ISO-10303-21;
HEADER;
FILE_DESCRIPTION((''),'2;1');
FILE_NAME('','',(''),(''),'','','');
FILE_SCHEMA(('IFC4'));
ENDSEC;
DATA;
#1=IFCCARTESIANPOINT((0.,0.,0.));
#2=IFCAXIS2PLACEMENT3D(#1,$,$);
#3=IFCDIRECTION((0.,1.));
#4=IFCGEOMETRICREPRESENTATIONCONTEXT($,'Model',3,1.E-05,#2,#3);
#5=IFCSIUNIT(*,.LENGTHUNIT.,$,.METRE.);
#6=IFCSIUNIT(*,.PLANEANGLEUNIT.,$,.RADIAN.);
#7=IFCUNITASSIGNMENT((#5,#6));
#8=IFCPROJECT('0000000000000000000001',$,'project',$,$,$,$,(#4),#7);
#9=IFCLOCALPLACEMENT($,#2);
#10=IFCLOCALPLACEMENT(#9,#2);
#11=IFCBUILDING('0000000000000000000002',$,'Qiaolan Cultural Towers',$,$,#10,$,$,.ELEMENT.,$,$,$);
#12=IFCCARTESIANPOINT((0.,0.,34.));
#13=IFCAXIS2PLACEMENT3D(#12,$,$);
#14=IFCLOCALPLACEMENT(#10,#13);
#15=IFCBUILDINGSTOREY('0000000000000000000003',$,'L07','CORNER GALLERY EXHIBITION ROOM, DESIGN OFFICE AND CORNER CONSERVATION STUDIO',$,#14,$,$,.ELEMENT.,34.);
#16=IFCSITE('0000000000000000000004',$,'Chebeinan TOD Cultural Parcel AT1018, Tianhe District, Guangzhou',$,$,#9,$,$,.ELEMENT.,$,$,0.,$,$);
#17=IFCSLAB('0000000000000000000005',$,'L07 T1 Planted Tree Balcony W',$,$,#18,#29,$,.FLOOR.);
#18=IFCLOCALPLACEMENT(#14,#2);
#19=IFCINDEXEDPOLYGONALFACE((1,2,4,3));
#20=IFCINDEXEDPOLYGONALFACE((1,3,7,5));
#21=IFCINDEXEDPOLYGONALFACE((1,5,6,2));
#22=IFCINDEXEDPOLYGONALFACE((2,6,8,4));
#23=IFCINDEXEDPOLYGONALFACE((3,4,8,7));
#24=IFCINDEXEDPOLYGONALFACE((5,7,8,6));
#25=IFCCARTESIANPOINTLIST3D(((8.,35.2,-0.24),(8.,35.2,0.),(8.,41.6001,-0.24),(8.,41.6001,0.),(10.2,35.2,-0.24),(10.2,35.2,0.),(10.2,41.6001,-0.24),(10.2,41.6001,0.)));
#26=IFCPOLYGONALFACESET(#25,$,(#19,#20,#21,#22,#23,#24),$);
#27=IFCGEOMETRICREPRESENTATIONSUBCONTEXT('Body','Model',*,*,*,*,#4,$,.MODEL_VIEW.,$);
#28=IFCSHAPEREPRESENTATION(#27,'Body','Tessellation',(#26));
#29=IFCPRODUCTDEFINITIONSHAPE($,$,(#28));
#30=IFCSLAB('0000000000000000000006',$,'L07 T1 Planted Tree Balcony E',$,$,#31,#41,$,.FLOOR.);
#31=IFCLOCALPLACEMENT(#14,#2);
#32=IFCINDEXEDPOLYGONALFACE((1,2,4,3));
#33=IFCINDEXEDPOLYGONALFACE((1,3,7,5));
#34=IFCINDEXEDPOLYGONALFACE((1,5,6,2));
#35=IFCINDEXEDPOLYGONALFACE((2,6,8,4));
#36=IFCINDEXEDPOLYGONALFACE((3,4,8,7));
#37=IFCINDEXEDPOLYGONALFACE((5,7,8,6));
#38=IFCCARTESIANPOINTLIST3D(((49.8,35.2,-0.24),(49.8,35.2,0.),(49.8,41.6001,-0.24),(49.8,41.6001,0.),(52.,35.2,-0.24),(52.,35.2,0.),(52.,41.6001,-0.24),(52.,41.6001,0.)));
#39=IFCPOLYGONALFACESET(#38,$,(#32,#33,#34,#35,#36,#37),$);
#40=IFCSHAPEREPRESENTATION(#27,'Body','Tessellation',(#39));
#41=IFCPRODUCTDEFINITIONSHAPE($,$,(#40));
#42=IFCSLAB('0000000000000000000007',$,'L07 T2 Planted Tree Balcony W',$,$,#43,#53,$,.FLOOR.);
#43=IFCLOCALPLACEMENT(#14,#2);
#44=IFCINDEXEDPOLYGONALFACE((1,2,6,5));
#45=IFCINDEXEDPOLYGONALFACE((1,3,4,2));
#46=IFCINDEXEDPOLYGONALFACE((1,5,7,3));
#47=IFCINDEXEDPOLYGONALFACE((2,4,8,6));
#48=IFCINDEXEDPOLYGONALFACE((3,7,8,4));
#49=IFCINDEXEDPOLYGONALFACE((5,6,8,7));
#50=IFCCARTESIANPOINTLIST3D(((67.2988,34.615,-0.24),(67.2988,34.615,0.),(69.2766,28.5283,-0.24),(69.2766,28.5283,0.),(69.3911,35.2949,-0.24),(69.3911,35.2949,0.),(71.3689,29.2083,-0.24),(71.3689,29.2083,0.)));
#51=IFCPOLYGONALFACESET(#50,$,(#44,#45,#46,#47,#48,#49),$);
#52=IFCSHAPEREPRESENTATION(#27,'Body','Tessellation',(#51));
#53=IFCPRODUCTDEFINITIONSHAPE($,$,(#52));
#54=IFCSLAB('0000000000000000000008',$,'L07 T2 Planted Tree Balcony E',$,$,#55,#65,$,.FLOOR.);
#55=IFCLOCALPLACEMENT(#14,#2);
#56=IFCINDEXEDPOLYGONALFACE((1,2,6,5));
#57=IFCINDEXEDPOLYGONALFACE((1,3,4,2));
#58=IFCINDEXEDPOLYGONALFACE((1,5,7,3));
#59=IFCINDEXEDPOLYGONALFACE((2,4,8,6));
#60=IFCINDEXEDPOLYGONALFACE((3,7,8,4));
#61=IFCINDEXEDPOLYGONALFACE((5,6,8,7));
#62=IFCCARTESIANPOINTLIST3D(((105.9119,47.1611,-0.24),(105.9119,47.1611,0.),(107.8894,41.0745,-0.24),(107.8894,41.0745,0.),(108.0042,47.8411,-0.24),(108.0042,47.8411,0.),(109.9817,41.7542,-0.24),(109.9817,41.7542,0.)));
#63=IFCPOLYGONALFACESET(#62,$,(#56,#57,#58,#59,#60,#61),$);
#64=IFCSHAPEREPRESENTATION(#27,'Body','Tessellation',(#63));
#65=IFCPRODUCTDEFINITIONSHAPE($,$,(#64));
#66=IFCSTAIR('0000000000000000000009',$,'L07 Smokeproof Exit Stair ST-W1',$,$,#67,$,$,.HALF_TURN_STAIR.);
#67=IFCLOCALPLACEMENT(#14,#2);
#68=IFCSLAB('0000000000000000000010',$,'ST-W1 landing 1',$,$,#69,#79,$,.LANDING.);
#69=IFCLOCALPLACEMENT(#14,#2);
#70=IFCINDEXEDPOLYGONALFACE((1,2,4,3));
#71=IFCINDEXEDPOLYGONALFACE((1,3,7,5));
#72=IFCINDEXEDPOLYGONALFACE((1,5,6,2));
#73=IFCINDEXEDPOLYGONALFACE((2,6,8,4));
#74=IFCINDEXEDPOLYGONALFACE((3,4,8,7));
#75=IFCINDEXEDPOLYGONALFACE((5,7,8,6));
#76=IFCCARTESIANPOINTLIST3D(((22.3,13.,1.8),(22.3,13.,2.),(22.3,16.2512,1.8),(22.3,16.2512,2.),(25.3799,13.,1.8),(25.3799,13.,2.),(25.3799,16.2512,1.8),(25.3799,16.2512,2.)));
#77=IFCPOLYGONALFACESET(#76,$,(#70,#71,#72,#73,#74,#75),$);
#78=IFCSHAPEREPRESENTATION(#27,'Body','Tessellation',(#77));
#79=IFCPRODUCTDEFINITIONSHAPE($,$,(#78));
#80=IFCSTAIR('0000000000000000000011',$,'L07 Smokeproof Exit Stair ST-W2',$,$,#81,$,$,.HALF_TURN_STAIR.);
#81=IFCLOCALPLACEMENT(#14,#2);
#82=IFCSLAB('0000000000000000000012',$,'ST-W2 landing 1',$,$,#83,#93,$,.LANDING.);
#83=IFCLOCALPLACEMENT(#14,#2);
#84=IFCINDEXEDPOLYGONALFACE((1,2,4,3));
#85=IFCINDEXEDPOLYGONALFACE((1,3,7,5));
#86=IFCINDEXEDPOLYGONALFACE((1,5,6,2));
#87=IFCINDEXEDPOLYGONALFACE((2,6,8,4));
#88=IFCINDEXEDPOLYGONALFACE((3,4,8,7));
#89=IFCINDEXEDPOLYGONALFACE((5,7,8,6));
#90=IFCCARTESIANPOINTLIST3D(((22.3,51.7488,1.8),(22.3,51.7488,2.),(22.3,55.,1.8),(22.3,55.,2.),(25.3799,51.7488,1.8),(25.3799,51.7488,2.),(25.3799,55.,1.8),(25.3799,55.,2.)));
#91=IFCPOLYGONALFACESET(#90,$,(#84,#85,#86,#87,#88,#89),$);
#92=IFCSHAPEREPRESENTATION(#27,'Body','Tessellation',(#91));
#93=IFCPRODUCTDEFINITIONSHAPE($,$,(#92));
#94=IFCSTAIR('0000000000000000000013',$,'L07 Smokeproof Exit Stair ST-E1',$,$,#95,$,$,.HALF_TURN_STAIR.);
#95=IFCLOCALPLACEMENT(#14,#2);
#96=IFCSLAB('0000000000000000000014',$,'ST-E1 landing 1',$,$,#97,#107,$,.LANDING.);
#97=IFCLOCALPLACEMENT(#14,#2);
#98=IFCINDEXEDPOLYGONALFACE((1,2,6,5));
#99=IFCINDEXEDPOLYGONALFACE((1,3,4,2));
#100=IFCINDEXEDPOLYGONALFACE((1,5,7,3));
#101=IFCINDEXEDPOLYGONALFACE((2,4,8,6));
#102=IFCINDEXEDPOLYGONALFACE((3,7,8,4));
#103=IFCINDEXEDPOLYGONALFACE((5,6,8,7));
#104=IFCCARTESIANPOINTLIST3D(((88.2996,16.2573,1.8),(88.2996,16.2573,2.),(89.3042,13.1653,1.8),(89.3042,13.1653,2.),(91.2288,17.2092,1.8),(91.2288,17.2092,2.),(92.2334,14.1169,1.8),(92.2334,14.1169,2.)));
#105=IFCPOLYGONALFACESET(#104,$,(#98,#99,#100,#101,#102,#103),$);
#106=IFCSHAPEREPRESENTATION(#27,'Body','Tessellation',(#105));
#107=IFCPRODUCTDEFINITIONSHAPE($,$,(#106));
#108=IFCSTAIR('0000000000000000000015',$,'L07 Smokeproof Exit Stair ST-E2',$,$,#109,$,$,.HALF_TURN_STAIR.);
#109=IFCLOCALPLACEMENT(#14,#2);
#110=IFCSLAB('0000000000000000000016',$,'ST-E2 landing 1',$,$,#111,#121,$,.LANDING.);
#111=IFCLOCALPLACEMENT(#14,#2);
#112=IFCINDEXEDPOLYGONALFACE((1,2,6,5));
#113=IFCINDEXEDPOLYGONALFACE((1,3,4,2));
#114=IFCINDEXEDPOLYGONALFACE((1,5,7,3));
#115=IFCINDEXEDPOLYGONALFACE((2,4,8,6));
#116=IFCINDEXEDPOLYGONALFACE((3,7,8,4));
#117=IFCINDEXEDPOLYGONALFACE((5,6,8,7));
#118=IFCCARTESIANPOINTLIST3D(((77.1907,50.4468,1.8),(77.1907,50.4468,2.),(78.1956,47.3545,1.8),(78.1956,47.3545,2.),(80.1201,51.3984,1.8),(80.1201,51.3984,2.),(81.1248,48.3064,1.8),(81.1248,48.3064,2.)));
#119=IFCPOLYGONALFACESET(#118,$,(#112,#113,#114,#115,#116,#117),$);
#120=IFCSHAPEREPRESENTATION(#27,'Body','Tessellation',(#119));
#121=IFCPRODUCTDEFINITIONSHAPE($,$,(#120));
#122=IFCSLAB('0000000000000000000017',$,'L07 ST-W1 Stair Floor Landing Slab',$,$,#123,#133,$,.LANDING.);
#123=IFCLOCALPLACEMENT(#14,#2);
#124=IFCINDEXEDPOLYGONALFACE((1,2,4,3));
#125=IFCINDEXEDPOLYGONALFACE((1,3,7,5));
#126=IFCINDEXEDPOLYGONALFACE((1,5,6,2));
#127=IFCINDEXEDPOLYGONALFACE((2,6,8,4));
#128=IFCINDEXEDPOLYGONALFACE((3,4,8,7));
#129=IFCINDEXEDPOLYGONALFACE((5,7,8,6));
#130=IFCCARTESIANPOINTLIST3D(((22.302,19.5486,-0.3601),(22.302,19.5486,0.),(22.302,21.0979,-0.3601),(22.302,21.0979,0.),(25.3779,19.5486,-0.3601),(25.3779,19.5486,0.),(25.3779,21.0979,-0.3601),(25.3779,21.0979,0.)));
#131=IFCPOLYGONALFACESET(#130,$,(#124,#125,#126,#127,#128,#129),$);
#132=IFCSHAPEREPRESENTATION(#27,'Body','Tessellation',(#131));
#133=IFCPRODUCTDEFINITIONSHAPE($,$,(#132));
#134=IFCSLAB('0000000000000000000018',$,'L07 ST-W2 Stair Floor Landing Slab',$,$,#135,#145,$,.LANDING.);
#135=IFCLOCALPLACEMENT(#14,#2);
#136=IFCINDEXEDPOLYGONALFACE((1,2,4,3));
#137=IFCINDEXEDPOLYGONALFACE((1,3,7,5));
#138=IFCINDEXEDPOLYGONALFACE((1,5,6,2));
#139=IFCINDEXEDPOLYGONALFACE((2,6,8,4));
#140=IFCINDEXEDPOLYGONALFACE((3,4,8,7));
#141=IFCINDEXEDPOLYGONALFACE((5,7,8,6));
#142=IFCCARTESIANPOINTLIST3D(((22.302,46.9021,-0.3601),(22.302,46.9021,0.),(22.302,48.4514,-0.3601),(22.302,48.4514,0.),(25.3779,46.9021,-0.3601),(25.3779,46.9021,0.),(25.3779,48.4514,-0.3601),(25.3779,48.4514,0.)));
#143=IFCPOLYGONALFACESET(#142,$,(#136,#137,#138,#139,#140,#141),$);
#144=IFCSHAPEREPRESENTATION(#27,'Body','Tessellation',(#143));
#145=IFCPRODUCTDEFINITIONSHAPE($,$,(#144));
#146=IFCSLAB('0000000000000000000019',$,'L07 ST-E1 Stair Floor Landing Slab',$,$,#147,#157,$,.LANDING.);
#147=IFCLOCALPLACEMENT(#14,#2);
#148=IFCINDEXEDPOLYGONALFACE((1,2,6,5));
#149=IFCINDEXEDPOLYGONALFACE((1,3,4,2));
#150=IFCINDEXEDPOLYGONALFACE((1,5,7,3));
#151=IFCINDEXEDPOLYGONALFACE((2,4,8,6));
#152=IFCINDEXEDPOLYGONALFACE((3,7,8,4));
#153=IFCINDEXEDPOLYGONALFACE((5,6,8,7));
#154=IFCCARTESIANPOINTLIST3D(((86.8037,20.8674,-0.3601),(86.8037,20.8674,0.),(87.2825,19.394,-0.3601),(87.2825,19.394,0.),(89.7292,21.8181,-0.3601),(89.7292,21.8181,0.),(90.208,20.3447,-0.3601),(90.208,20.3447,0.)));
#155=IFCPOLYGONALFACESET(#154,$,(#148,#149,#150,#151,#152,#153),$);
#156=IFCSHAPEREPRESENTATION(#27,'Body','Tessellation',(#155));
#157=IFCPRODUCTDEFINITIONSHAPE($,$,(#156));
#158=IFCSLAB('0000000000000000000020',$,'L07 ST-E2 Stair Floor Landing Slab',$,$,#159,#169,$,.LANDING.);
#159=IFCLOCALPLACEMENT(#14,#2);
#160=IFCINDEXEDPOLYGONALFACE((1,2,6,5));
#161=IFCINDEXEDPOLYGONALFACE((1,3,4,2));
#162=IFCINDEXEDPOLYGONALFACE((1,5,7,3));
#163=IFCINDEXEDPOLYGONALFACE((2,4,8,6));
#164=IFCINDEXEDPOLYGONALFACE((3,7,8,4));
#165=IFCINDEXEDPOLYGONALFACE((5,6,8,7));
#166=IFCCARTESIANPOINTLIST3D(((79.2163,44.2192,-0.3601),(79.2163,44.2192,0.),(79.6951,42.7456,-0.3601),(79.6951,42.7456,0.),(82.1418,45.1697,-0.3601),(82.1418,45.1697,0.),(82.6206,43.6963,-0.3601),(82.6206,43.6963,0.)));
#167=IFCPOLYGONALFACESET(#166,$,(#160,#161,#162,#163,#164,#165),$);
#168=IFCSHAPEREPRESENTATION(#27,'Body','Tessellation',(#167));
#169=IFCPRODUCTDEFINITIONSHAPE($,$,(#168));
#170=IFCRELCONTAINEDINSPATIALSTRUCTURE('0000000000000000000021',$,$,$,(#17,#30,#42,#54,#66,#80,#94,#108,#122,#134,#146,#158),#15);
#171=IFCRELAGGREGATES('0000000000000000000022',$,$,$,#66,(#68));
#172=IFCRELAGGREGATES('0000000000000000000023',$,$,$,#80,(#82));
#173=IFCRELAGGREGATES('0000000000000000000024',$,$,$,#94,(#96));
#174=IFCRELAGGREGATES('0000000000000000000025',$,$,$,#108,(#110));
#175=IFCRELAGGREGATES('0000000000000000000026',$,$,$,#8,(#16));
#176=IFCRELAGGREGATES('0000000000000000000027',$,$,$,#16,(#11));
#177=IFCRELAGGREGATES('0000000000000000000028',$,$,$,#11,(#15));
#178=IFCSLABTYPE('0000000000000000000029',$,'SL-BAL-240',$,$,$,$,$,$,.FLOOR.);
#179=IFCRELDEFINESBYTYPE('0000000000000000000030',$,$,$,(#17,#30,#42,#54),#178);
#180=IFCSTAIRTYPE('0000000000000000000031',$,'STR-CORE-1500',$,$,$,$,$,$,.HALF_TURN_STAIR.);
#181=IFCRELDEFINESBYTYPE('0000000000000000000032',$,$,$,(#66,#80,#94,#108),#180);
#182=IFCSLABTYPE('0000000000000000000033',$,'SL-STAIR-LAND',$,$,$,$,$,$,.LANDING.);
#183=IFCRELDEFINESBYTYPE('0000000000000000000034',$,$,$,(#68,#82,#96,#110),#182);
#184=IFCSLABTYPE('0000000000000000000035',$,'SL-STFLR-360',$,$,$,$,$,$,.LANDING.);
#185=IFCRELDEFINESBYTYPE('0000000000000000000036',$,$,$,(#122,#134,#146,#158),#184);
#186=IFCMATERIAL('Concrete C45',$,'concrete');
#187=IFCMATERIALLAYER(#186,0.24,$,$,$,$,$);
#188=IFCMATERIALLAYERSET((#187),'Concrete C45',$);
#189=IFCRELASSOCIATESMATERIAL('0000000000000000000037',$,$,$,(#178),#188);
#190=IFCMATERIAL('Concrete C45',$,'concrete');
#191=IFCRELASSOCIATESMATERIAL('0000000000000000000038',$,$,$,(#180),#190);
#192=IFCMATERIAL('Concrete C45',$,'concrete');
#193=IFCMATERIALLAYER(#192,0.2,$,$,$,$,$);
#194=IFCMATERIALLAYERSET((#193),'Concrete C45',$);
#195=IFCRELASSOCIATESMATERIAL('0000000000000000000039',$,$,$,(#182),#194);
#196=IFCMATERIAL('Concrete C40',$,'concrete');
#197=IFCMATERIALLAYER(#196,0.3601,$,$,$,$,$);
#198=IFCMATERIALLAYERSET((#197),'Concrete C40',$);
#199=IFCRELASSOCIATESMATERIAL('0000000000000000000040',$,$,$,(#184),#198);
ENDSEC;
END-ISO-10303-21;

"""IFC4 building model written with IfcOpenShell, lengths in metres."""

from ifc_helpers import new_model, si_unit, direction, frame, origin, place, context, subcontext, project, spatial, polyline, outline, extrude, material, layer, layer_set, type_object, element, aggregate, save


model = new_model("IFC4")

# Units and contexts
model_context = context("Model", 3, precision=1e-05, world=origin(), true_north=direction((0.0, 1.0)))
body_context = subcontext(model_context, "Body", "Model", "MODEL_VIEW")
ifc_project = project(units=[si_unit("LENGTHUNIT", "METRE"), si_unit("PLANEANGLEUNIT", "RADIAN")], contexts=[model_context])

# Site, building, storey
site_placement = place(None, origin())
site = spatial("IfcSite", under=ifc_project, at=site_placement, Name="Chebeinan TOD Cultural Parcel AT1018, Tianhe District, Guangzhou", CompositionType="ELEMENT", RefElevation=0.0)
building_placement = place(site_placement, origin())
building = spatial("IfcBuilding", under=site, at=building_placement, Name="Qiaolan Cultural Towers", CompositionType="ELEMENT")
storey_placement = place(building_placement, frame((0.0, 0.0, 34.0)))
storey = spatial("IfcBuildingStorey", under=building, at=storey_placement, Name="L07", Description="CORNER GALLERY EXHIBITION ROOM, DESIGN OFFICE AND CORNER CONSERVATION STUDIO", CompositionType="ELEMENT", Elevation=34.0)

# Slabs
ifc_material_1 = material(Name="Concrete C45", Category="concrete")
ifc_layer_1 = layer(ifc_material_1, 0.24)
ifc_layer_set_1 = layer_set([ifc_layer_1], Name="Concrete C45")
slab_type_1 = type_object("IfcSlabType", Name="SL-BAL-240", PredefinedType="FLOOR", material=ifc_layer_set_1)
slab_1_placement = place(storey_placement, frame((0.0, 0.0, -0.24)))
element("IfcSlab", 1, at=slab_1_placement, inside=storey, type_object=slab_type_1, Name="L07 T1 Planted Tree Balcony W", PredefinedType="FLOOR", context=body_context, shape_type="SweptSolid", body=[
    extrude(outline(polyline([(8.0, 35.2), (10.2, 35.2), (10.2, 41.6001), (8.0, 41.6001), (8.0, 35.2)])), origin(), (0.0, 0.0, 1.0), 0.24),
])
slab_2_placement = place(storey_placement, frame((0.0, 0.0, -0.24)))
element("IfcSlab", 2, at=slab_2_placement, inside=storey, type_object=slab_type_1, Name="L07 T1 Planted Tree Balcony E", PredefinedType="FLOOR", context=body_context, shape_type="SweptSolid", body=[
    extrude(outline(polyline([(49.8, 35.2), (52.0, 35.2), (52.0, 41.6001), (49.8, 41.6001), (49.8, 35.2)])), origin(), (0.0, 0.0, 1.0), 0.24),
])
slab_3_placement = place(storey_placement, frame((0.0, 0.0, -0.24)))
element("IfcSlab", 3, at=slab_3_placement, inside=storey, type_object=slab_type_1, Name="L07 T2 Planted Tree Balcony W", PredefinedType="FLOOR", context=body_context, shape_type="SweptSolid", body=[
    extrude(outline(polyline([(69.2766, 28.5283), (71.3689, 29.2083), (69.3911, 35.2949), (67.2988, 34.615), (69.2766, 28.5283)])), origin(), (0.0, 0.0, 1.0), 0.24),
])
slab_4_placement = place(storey_placement, frame((0.0, 0.0, -0.24)))
element("IfcSlab", 4, at=slab_4_placement, inside=storey, type_object=slab_type_1, Name="L07 T2 Planted Tree Balcony E", PredefinedType="FLOOR", context=body_context, shape_type="SweptSolid", body=[
    extrude(outline(polyline([(107.8894, 41.0745), (109.9817, 41.7542), (108.0042, 47.8411), (105.9119, 47.1611), (107.8894, 41.0745)])), origin(), (0.0, 0.0, 1.0), 0.24),
])

# Stairs, slabs
ifc_material_2 = material(Name="Concrete C45", Category="concrete")
stair_type = type_object("IfcStairType", Name="STR-CORE-1500", PredefinedType="HALF_TURN_STAIR", material=ifc_material_2)
stair_1_placement = place(storey_placement, origin())
stair_1 = element("IfcStair", 5, at=stair_1_placement, inside=storey, type_object=stair_type, Name="L07 Smokeproof Exit Stair ST-W1", PredefinedType="HALF_TURN_STAIR")
ifc_material_3 = material(Name="Concrete C45", Category="concrete")
ifc_layer_2 = layer(ifc_material_3, 0.2)
ifc_layer_set_2 = layer_set([ifc_layer_2], Name="Concrete C45")
slab_type_2 = type_object("IfcSlabType", Name="SL-STAIR-LAND", PredefinedType="LANDING", material=ifc_layer_set_2)
slab_5_placement = place(storey_placement, frame((0.0, 0.0, 1.8)))
slab_5 = element("IfcSlab", 6, at=slab_5_placement, type_object=slab_type_2, Name="ST-W1 landing 1", PredefinedType="LANDING", context=body_context, shape_type="SweptSolid", body=[
    extrude(outline(polyline([(22.3, 16.2512), (22.3, 13.0), (25.3799, 13.0), (25.3799, 16.2512), (22.3, 16.2512)])), origin(), (0.0, 0.0, 1.0), 0.2),
])
aggregate(stair_1, [slab_5])
stair_2_placement = place(storey_placement, origin())
stair_2 = element("IfcStair", 7, at=stair_2_placement, inside=storey, type_object=stair_type, Name="L07 Smokeproof Exit Stair ST-W2", PredefinedType="HALF_TURN_STAIR")
slab_6_placement = place(storey_placement, frame((0.0, 0.0, 1.8)))
slab_6 = element("IfcSlab", 8, at=slab_6_placement, type_object=slab_type_2, Name="ST-W2 landing 1", PredefinedType="LANDING", context=body_context, shape_type="SweptSolid", body=[
    extrude(outline(polyline([(25.3799, 51.7488), (25.3799, 55.0), (22.3, 55.0), (22.3, 51.7488), (25.3799, 51.7488)])), origin(), (0.0, 0.0, 1.0), 0.2),
])
aggregate(stair_2, [slab_6])
stair_3_placement = place(storey_placement, origin())
stair_3 = element("IfcStair", 9, at=stair_3_placement, inside=storey, type_object=stair_type, Name="L07 Smokeproof Exit Stair ST-E1", PredefinedType="HALF_TURN_STAIR")
slab_7_placement = place(storey_placement, frame((0.0, 0.0, 1.8)))
slab_7 = element("IfcSlab", 10, at=slab_7_placement, type_object=slab_type_2, Name="ST-E1 landing 1", PredefinedType="LANDING", context=body_context, shape_type="SweptSolid", body=[
    extrude(outline(polyline([(88.2996, 16.2573), (89.3042, 13.1653), (92.2334, 14.1169), (91.2288, 17.2092), (88.2996, 16.2573)])), origin(), (0.0, 0.0, 1.0), 0.2),
])
aggregate(stair_3, [slab_7])
stair_4_placement = place(storey_placement, origin())
stair_4 = element("IfcStair", 11, at=stair_4_placement, inside=storey, type_object=stair_type, Name="L07 Smokeproof Exit Stair ST-E2", PredefinedType="HALF_TURN_STAIR")
slab_8_placement = place(storey_placement, frame((0.0, 0.0, 1.8)))
slab_8 = element("IfcSlab", 12, at=slab_8_placement, type_object=slab_type_2, Name="ST-E2 landing 1", PredefinedType="LANDING", context=body_context, shape_type="SweptSolid", body=[
    extrude(outline(polyline([(81.1248, 48.3064), (80.1201, 51.3984), (77.1907, 50.4468), (78.1956, 47.3545), (81.1248, 48.3064)])), origin(), (0.0, 0.0, 1.0), 0.2),
])
aggregate(stair_4, [slab_8])

# Slabs
ifc_material_4 = material(Name="Concrete C40", Category="concrete")
ifc_layer_3 = layer(ifc_material_4, 0.3601)
ifc_layer_set_3 = layer_set([ifc_layer_3], Name="Concrete C40")
slab_type_3 = type_object("IfcSlabType", Name="SL-STFLR-360", PredefinedType="LANDING", material=ifc_layer_set_3)
slab_9_placement = place(storey_placement, frame((0.0, 0.0, -0.3601)))
element("IfcSlab", 13, at=slab_9_placement, inside=storey, type_object=slab_type_3, Name="L07 ST-W1 Stair Floor Landing Slab", PredefinedType="LANDING", context=body_context, shape_type="SweptSolid", body=[
    extrude(outline(polyline([(22.302, 21.0979), (22.302, 19.5486), (25.3779, 19.5486), (25.3779, 21.0979), (22.302, 21.0979)])), origin(), (0.0, 0.0, 1.0), 0.3601),
])
slab_10_placement = place(storey_placement, frame((0.0, 0.0, -0.3601)))
element("IfcSlab", 14, at=slab_10_placement, inside=storey, type_object=slab_type_3, Name="L07 ST-W2 Stair Floor Landing Slab", PredefinedType="LANDING", context=body_context, shape_type="SweptSolid", body=[
    extrude(outline(polyline([(25.3779, 46.9021), (25.3779, 48.4514), (22.302, 48.4514), (22.302, 46.9021), (25.3779, 46.9021)])), origin(), (0.0, 0.0, 1.0), 0.3601),
])
slab_11_placement = place(storey_placement, frame((0.0, 0.0, -0.3601)))
element("IfcSlab", 15, at=slab_11_placement, inside=storey, type_object=slab_type_3, Name="L07 ST-E1 Stair Floor Landing Slab", PredefinedType="LANDING", context=body_context, shape_type="SweptSolid", body=[
    extrude(outline(polyline([(86.8037, 20.8674), (87.2825, 19.394), (90.208, 20.3447), (89.7292, 21.8181), (86.8037, 20.8674)])), origin(), (0.0, 0.0, 1.0), 0.3601),
])
slab_12_placement = place(storey_placement, frame((0.0, 0.0, -0.3601)))
element("IfcSlab", 16, at=slab_12_placement, inside=storey, type_object=slab_type_3, Name="L07 ST-E2 Stair Floor Landing Slab", PredefinedType="LANDING", context=body_context, shape_type="SweptSolid", body=[
    extrude(outline(polyline([(82.6206, 43.6963), (82.1418, 45.1697), (79.2163, 44.2192), (79.6951, 42.7456), (82.6206, 43.6963)])), origin(), (0.0, 0.0, 1.0), 0.3601),
])

save(model, "model.ifc")
